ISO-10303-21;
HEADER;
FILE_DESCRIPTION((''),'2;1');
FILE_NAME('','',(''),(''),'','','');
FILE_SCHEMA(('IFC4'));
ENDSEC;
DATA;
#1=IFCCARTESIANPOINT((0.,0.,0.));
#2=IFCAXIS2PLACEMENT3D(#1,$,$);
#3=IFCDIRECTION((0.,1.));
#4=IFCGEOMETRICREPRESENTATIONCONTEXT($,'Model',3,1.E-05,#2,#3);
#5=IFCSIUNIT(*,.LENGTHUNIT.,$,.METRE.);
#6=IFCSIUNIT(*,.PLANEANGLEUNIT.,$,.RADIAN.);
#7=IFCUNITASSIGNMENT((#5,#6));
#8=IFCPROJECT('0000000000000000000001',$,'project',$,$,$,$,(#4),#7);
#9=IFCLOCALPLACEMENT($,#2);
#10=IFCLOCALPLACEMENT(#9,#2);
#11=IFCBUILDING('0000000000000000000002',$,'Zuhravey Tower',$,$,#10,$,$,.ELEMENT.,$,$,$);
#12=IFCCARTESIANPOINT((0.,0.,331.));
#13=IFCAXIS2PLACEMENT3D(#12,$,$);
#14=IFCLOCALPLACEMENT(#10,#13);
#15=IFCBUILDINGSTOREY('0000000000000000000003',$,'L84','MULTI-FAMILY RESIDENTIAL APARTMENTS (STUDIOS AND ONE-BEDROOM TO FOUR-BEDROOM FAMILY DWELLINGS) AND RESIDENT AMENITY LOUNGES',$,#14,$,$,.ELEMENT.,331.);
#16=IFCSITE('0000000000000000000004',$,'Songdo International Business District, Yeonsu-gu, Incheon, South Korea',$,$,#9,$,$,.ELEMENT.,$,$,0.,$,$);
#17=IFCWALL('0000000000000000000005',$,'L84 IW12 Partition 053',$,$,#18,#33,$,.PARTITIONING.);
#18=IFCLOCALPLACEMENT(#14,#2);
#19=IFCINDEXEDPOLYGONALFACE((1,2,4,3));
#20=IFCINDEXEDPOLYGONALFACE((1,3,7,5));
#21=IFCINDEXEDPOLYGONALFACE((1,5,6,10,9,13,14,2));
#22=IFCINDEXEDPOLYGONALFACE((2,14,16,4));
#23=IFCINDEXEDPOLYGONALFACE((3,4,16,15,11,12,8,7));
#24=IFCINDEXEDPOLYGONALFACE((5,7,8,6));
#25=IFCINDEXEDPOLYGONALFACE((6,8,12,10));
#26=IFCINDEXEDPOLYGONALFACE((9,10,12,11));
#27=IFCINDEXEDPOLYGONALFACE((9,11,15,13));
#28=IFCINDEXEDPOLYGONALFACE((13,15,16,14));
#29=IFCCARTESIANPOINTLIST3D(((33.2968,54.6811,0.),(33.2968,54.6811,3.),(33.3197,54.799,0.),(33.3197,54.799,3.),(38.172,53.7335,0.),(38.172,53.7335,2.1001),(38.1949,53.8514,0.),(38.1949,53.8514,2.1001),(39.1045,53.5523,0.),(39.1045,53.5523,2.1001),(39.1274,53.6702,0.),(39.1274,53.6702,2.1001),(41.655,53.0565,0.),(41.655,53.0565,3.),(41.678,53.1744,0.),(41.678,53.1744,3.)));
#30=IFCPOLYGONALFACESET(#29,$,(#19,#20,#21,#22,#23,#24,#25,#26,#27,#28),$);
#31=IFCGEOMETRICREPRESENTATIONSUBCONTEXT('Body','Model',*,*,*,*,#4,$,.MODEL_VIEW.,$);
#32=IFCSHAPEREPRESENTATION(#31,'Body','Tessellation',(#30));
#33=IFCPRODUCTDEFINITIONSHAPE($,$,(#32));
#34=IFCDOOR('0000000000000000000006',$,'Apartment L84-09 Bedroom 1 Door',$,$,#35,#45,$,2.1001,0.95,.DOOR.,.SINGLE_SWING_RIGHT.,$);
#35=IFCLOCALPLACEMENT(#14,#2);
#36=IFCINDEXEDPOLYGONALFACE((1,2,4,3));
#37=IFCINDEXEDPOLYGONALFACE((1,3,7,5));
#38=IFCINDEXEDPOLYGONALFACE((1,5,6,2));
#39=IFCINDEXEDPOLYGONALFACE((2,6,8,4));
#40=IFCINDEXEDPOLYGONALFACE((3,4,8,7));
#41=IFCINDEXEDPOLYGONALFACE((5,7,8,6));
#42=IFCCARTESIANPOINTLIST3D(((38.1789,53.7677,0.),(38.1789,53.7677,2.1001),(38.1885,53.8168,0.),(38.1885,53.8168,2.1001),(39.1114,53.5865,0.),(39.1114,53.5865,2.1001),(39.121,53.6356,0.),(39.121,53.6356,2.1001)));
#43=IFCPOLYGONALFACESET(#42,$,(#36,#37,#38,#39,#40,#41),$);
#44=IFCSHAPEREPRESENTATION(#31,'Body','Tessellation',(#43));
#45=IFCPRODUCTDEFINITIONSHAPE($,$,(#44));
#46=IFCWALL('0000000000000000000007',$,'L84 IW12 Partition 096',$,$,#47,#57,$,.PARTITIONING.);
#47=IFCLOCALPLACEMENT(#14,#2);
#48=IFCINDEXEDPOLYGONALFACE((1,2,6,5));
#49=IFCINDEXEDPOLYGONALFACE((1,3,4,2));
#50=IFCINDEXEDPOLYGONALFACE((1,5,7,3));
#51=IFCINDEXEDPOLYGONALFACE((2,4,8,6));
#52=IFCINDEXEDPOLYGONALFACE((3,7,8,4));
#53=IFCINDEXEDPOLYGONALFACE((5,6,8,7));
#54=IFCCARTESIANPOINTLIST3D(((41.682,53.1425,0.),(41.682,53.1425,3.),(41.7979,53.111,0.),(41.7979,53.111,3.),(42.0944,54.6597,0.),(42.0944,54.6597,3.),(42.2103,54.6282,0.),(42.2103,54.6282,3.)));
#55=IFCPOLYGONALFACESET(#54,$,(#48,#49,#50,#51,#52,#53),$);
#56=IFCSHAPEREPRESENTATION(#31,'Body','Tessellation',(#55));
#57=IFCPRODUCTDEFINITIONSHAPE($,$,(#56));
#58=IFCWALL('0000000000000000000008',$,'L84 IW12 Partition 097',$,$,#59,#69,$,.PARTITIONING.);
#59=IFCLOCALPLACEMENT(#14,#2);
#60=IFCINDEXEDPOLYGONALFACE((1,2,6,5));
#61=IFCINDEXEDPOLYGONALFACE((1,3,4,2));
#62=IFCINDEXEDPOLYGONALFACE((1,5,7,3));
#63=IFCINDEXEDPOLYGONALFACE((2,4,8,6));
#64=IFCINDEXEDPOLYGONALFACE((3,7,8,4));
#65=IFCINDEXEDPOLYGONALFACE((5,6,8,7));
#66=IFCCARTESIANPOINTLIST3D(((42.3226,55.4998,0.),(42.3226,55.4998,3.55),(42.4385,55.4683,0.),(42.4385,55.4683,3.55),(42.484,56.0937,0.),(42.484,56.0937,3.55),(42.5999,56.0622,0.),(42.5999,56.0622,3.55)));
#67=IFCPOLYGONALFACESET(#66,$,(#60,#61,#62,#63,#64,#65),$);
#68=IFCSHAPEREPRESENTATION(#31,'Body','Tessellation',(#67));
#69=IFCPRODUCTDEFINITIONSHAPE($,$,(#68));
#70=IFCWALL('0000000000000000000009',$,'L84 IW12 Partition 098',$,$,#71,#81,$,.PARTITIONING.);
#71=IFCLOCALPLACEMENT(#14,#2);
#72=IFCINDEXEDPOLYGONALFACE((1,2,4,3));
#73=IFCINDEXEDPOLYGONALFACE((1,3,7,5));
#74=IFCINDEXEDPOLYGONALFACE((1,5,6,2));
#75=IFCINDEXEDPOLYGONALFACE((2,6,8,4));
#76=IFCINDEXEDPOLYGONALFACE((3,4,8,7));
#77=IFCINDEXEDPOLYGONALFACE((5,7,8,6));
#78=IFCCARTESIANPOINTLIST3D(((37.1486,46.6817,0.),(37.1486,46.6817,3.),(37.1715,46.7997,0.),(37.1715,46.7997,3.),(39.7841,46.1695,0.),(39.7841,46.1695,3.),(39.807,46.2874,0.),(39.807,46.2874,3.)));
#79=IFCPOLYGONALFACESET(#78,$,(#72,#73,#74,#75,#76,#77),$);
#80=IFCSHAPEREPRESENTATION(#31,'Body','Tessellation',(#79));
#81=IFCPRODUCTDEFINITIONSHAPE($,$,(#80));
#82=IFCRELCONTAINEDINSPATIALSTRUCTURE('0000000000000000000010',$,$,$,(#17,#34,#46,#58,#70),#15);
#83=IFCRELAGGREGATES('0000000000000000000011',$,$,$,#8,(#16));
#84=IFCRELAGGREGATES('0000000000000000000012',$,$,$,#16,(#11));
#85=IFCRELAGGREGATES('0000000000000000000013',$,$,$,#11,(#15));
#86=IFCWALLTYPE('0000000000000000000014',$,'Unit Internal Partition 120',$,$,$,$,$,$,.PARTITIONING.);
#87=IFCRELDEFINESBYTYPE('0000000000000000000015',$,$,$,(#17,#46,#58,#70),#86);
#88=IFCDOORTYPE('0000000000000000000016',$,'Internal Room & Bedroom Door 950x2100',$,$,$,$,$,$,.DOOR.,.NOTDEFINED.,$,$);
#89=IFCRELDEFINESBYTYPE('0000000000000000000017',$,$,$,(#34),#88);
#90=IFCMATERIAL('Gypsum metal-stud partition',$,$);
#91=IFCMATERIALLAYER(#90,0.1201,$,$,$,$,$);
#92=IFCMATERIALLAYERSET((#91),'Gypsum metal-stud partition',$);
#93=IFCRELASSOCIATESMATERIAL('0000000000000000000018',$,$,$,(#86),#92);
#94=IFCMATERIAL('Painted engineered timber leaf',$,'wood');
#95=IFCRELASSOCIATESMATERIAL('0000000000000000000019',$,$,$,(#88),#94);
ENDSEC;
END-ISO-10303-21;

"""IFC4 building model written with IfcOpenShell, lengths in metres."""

from ifc_helpers import new_model, si_unit, direction, frame, frame_2d, origin, place, context, subcontext, project, spatial, rectangle, extrude, material, layer, layer_set, type_object, element, fill, save


model = new_model("IFC4")

# Units and contexts
model_context = context("Model", 3, precision=1e-05, world=origin(), true_north=direction((0.0, 1.0)))
body_context = subcontext(model_context, "Body", "Model", "MODEL_VIEW")
ifc_project = project(units=[si_unit("LENGTHUNIT", "METRE"), si_unit("PLANEANGLEUNIT", "RADIAN")], contexts=[model_context])

# Site, building, storey
site_placement = place(None, origin())
site = spatial("IfcSite", under=ifc_project, at=site_placement, Name="Songdo International Business District, Yeonsu-gu, Incheon, South Korea", CompositionType="ELEMENT", RefElevation=0.0)
building_placement = place(site_placement, origin())
building = spatial("IfcBuilding", under=site, at=building_placement, Name="Zuhravey Tower", CompositionType="ELEMENT")
storey_placement = place(building_placement, frame((0.0, 0.0, 331.0)))
storey = spatial("IfcBuildingStorey", under=building, at=storey_placement, Name="L84", Description="MULTI-FAMILY RESIDENTIAL APARTMENTS (STUDIOS AND ONE-BEDROOM TO FOUR-BEDROOM FAMILY DWELLINGS) AND RESIDENT AMENITY LOUNGES", CompositionType="ELEMENT", Elevation=331.0)

# Wall, opening, door
ifc_material_1 = material(Name="Gypsum metal-stud partition")
ifc_layer_1 = layer(ifc_material_1, 0.1201)
ifc_layer_set_1 = layer_set([ifc_layer_1], Name="Gypsum metal-stud partition")
wall_type_1 = type_object("IfcWallType", Name="Unit Internal Partition 120", PredefinedType="PARTITIONING", material=ifc_layer_set_1)
ifc_material_2 = material(Name="Painted engineered timber leaf", Category="wood")
door_type = type_object("IfcDoorType", Name="Internal Room & Bedroom Door 950x2100", OperationType="NOTDEFINED", PredefinedType="DOOR", material=ifc_material_2)
wall_1_placement = place(storey_placement, frame((41.6665, 53.1155, 0.0), z_axis=(0.0, 0.0, 1.0), x_axis=(-0.98163, 0.190792, 0.0)))
wall_1 = element("IfcWall", 1, at=wall_1_placement, inside=storey, type_object=wall_type_1, Name="L84 IW12 Partition 053", PredefinedType="PARTITIONING", context=body_context, shape_type="SweptSolid", body=[
    extrude(rectangle(XDim=8.5146, YDim=0.1201, at=frame_2d((4.2573, 0.0))), origin(), (0.0, 0.0, 1.0), 3.0),
])
opening_1_placement = place(wall_1_placement, frame((2.5981, 0.0, 0.0)))
opening_1 = element("IfcOpeningElement", 2, at=opening_1_placement, cuts=wall_1, PredefinedType="OPENING", context=body_context, shape_type="SweptSolid", body=[
    extrude(rectangle(XDim=0.95, YDim=2.1001, at=frame_2d((0.4751, 1.05))), frame((0.0, 0.072, 0.0), z_axis=(0.0, -1.0, 0.0), x_axis=(1.0, 0.0, 0.0)), (0.0, 0.0, 1.0), 0.144),
])
door_1_placement = place(opening_1_placement, frame((0.95, 0.0, 0.0), z_axis=(0.0, 0.0, 1.0), x_axis=(-1.0, 0.0, 0.0)))
door_1 = element("IfcDoor", 3, at=door_1_placement, inside=storey, type_object=door_type, Name="Apartment L84-09 Bedroom 1 Door", OperationType="SINGLE_SWING_RIGHT", OverallHeight=2.1001, OverallWidth=0.95, PredefinedType="DOOR", context=body_context, shape_type="SweptSolid", body=[
    extrude(rectangle(XDim=0.95, YDim=2.1001, at=frame_2d((0.4751, 1.05))), frame((0.0, 0.0249, 0.0), z_axis=(0.0, -1.0, 0.0), x_axis=(1.0, 0.0, 0.0)), (0.0, 0.0, 1.0), 0.05),
])
fill(opening_1, door_1)

# Walls
wall_2_placement = place(storey_placement, frame((41.74, 53.1267, 0.0), z_axis=(0.0, 0.0, 1.0), x_axis=(0.26225, 0.965, 0.0)))
element("IfcWall", 4, at=wall_2_placement, inside=storey, type_object=wall_type_1, Name="L84 IW12 Partition 096", PredefinedType="PARTITIONING", context=body_context, shape_type="SweptSolid", body=[
    extrude(rectangle(XDim=1.5723, YDim=0.1201, at=frame_2d((0.7861, 0.0))), origin(), (0.0, 0.0, 1.0), 3.0),
])
wall_3_placement = place(storey_placement, frame((42.3806, 55.4841, 0.0), z_axis=(0.0, 0.0, 1.0), x_axis=(0.262178, 0.96502, 0.0)))
element("IfcWall", 5, at=wall_3_placement, inside=storey, type_object=wall_type_1, Name="L84 IW12 Partition 097", PredefinedType="PARTITIONING", context=body_context, shape_type="SweptSolid", body=[
    extrude(rectangle(XDim=0.6155, YDim=0.1201, at=frame_2d((0.3076, 0.0))), origin(), (0.0, 0.0, 1.0), 3.55),
])
wall_4_placement = place(storey_placement, frame((39.7954, 46.2285, 0.0), z_axis=(0.0, 0.0, 1.0), x_axis=(-0.981633, 0.19078, 0.0)))
element("IfcWall", 6, at=wall_4_placement, inside=storey, type_object=wall_type_1, Name="L84 IW12 Partition 098", PredefinedType="PARTITIONING", context=body_context, shape_type="SweptSolid", body=[
    extrude(rectangle(XDim=2.6848, YDim=0.1201, at=frame_2d((1.3423, 0.0))), origin(), (0.0, 0.0, 1.0), 3.0),
])

save(model, "model.ifc")
